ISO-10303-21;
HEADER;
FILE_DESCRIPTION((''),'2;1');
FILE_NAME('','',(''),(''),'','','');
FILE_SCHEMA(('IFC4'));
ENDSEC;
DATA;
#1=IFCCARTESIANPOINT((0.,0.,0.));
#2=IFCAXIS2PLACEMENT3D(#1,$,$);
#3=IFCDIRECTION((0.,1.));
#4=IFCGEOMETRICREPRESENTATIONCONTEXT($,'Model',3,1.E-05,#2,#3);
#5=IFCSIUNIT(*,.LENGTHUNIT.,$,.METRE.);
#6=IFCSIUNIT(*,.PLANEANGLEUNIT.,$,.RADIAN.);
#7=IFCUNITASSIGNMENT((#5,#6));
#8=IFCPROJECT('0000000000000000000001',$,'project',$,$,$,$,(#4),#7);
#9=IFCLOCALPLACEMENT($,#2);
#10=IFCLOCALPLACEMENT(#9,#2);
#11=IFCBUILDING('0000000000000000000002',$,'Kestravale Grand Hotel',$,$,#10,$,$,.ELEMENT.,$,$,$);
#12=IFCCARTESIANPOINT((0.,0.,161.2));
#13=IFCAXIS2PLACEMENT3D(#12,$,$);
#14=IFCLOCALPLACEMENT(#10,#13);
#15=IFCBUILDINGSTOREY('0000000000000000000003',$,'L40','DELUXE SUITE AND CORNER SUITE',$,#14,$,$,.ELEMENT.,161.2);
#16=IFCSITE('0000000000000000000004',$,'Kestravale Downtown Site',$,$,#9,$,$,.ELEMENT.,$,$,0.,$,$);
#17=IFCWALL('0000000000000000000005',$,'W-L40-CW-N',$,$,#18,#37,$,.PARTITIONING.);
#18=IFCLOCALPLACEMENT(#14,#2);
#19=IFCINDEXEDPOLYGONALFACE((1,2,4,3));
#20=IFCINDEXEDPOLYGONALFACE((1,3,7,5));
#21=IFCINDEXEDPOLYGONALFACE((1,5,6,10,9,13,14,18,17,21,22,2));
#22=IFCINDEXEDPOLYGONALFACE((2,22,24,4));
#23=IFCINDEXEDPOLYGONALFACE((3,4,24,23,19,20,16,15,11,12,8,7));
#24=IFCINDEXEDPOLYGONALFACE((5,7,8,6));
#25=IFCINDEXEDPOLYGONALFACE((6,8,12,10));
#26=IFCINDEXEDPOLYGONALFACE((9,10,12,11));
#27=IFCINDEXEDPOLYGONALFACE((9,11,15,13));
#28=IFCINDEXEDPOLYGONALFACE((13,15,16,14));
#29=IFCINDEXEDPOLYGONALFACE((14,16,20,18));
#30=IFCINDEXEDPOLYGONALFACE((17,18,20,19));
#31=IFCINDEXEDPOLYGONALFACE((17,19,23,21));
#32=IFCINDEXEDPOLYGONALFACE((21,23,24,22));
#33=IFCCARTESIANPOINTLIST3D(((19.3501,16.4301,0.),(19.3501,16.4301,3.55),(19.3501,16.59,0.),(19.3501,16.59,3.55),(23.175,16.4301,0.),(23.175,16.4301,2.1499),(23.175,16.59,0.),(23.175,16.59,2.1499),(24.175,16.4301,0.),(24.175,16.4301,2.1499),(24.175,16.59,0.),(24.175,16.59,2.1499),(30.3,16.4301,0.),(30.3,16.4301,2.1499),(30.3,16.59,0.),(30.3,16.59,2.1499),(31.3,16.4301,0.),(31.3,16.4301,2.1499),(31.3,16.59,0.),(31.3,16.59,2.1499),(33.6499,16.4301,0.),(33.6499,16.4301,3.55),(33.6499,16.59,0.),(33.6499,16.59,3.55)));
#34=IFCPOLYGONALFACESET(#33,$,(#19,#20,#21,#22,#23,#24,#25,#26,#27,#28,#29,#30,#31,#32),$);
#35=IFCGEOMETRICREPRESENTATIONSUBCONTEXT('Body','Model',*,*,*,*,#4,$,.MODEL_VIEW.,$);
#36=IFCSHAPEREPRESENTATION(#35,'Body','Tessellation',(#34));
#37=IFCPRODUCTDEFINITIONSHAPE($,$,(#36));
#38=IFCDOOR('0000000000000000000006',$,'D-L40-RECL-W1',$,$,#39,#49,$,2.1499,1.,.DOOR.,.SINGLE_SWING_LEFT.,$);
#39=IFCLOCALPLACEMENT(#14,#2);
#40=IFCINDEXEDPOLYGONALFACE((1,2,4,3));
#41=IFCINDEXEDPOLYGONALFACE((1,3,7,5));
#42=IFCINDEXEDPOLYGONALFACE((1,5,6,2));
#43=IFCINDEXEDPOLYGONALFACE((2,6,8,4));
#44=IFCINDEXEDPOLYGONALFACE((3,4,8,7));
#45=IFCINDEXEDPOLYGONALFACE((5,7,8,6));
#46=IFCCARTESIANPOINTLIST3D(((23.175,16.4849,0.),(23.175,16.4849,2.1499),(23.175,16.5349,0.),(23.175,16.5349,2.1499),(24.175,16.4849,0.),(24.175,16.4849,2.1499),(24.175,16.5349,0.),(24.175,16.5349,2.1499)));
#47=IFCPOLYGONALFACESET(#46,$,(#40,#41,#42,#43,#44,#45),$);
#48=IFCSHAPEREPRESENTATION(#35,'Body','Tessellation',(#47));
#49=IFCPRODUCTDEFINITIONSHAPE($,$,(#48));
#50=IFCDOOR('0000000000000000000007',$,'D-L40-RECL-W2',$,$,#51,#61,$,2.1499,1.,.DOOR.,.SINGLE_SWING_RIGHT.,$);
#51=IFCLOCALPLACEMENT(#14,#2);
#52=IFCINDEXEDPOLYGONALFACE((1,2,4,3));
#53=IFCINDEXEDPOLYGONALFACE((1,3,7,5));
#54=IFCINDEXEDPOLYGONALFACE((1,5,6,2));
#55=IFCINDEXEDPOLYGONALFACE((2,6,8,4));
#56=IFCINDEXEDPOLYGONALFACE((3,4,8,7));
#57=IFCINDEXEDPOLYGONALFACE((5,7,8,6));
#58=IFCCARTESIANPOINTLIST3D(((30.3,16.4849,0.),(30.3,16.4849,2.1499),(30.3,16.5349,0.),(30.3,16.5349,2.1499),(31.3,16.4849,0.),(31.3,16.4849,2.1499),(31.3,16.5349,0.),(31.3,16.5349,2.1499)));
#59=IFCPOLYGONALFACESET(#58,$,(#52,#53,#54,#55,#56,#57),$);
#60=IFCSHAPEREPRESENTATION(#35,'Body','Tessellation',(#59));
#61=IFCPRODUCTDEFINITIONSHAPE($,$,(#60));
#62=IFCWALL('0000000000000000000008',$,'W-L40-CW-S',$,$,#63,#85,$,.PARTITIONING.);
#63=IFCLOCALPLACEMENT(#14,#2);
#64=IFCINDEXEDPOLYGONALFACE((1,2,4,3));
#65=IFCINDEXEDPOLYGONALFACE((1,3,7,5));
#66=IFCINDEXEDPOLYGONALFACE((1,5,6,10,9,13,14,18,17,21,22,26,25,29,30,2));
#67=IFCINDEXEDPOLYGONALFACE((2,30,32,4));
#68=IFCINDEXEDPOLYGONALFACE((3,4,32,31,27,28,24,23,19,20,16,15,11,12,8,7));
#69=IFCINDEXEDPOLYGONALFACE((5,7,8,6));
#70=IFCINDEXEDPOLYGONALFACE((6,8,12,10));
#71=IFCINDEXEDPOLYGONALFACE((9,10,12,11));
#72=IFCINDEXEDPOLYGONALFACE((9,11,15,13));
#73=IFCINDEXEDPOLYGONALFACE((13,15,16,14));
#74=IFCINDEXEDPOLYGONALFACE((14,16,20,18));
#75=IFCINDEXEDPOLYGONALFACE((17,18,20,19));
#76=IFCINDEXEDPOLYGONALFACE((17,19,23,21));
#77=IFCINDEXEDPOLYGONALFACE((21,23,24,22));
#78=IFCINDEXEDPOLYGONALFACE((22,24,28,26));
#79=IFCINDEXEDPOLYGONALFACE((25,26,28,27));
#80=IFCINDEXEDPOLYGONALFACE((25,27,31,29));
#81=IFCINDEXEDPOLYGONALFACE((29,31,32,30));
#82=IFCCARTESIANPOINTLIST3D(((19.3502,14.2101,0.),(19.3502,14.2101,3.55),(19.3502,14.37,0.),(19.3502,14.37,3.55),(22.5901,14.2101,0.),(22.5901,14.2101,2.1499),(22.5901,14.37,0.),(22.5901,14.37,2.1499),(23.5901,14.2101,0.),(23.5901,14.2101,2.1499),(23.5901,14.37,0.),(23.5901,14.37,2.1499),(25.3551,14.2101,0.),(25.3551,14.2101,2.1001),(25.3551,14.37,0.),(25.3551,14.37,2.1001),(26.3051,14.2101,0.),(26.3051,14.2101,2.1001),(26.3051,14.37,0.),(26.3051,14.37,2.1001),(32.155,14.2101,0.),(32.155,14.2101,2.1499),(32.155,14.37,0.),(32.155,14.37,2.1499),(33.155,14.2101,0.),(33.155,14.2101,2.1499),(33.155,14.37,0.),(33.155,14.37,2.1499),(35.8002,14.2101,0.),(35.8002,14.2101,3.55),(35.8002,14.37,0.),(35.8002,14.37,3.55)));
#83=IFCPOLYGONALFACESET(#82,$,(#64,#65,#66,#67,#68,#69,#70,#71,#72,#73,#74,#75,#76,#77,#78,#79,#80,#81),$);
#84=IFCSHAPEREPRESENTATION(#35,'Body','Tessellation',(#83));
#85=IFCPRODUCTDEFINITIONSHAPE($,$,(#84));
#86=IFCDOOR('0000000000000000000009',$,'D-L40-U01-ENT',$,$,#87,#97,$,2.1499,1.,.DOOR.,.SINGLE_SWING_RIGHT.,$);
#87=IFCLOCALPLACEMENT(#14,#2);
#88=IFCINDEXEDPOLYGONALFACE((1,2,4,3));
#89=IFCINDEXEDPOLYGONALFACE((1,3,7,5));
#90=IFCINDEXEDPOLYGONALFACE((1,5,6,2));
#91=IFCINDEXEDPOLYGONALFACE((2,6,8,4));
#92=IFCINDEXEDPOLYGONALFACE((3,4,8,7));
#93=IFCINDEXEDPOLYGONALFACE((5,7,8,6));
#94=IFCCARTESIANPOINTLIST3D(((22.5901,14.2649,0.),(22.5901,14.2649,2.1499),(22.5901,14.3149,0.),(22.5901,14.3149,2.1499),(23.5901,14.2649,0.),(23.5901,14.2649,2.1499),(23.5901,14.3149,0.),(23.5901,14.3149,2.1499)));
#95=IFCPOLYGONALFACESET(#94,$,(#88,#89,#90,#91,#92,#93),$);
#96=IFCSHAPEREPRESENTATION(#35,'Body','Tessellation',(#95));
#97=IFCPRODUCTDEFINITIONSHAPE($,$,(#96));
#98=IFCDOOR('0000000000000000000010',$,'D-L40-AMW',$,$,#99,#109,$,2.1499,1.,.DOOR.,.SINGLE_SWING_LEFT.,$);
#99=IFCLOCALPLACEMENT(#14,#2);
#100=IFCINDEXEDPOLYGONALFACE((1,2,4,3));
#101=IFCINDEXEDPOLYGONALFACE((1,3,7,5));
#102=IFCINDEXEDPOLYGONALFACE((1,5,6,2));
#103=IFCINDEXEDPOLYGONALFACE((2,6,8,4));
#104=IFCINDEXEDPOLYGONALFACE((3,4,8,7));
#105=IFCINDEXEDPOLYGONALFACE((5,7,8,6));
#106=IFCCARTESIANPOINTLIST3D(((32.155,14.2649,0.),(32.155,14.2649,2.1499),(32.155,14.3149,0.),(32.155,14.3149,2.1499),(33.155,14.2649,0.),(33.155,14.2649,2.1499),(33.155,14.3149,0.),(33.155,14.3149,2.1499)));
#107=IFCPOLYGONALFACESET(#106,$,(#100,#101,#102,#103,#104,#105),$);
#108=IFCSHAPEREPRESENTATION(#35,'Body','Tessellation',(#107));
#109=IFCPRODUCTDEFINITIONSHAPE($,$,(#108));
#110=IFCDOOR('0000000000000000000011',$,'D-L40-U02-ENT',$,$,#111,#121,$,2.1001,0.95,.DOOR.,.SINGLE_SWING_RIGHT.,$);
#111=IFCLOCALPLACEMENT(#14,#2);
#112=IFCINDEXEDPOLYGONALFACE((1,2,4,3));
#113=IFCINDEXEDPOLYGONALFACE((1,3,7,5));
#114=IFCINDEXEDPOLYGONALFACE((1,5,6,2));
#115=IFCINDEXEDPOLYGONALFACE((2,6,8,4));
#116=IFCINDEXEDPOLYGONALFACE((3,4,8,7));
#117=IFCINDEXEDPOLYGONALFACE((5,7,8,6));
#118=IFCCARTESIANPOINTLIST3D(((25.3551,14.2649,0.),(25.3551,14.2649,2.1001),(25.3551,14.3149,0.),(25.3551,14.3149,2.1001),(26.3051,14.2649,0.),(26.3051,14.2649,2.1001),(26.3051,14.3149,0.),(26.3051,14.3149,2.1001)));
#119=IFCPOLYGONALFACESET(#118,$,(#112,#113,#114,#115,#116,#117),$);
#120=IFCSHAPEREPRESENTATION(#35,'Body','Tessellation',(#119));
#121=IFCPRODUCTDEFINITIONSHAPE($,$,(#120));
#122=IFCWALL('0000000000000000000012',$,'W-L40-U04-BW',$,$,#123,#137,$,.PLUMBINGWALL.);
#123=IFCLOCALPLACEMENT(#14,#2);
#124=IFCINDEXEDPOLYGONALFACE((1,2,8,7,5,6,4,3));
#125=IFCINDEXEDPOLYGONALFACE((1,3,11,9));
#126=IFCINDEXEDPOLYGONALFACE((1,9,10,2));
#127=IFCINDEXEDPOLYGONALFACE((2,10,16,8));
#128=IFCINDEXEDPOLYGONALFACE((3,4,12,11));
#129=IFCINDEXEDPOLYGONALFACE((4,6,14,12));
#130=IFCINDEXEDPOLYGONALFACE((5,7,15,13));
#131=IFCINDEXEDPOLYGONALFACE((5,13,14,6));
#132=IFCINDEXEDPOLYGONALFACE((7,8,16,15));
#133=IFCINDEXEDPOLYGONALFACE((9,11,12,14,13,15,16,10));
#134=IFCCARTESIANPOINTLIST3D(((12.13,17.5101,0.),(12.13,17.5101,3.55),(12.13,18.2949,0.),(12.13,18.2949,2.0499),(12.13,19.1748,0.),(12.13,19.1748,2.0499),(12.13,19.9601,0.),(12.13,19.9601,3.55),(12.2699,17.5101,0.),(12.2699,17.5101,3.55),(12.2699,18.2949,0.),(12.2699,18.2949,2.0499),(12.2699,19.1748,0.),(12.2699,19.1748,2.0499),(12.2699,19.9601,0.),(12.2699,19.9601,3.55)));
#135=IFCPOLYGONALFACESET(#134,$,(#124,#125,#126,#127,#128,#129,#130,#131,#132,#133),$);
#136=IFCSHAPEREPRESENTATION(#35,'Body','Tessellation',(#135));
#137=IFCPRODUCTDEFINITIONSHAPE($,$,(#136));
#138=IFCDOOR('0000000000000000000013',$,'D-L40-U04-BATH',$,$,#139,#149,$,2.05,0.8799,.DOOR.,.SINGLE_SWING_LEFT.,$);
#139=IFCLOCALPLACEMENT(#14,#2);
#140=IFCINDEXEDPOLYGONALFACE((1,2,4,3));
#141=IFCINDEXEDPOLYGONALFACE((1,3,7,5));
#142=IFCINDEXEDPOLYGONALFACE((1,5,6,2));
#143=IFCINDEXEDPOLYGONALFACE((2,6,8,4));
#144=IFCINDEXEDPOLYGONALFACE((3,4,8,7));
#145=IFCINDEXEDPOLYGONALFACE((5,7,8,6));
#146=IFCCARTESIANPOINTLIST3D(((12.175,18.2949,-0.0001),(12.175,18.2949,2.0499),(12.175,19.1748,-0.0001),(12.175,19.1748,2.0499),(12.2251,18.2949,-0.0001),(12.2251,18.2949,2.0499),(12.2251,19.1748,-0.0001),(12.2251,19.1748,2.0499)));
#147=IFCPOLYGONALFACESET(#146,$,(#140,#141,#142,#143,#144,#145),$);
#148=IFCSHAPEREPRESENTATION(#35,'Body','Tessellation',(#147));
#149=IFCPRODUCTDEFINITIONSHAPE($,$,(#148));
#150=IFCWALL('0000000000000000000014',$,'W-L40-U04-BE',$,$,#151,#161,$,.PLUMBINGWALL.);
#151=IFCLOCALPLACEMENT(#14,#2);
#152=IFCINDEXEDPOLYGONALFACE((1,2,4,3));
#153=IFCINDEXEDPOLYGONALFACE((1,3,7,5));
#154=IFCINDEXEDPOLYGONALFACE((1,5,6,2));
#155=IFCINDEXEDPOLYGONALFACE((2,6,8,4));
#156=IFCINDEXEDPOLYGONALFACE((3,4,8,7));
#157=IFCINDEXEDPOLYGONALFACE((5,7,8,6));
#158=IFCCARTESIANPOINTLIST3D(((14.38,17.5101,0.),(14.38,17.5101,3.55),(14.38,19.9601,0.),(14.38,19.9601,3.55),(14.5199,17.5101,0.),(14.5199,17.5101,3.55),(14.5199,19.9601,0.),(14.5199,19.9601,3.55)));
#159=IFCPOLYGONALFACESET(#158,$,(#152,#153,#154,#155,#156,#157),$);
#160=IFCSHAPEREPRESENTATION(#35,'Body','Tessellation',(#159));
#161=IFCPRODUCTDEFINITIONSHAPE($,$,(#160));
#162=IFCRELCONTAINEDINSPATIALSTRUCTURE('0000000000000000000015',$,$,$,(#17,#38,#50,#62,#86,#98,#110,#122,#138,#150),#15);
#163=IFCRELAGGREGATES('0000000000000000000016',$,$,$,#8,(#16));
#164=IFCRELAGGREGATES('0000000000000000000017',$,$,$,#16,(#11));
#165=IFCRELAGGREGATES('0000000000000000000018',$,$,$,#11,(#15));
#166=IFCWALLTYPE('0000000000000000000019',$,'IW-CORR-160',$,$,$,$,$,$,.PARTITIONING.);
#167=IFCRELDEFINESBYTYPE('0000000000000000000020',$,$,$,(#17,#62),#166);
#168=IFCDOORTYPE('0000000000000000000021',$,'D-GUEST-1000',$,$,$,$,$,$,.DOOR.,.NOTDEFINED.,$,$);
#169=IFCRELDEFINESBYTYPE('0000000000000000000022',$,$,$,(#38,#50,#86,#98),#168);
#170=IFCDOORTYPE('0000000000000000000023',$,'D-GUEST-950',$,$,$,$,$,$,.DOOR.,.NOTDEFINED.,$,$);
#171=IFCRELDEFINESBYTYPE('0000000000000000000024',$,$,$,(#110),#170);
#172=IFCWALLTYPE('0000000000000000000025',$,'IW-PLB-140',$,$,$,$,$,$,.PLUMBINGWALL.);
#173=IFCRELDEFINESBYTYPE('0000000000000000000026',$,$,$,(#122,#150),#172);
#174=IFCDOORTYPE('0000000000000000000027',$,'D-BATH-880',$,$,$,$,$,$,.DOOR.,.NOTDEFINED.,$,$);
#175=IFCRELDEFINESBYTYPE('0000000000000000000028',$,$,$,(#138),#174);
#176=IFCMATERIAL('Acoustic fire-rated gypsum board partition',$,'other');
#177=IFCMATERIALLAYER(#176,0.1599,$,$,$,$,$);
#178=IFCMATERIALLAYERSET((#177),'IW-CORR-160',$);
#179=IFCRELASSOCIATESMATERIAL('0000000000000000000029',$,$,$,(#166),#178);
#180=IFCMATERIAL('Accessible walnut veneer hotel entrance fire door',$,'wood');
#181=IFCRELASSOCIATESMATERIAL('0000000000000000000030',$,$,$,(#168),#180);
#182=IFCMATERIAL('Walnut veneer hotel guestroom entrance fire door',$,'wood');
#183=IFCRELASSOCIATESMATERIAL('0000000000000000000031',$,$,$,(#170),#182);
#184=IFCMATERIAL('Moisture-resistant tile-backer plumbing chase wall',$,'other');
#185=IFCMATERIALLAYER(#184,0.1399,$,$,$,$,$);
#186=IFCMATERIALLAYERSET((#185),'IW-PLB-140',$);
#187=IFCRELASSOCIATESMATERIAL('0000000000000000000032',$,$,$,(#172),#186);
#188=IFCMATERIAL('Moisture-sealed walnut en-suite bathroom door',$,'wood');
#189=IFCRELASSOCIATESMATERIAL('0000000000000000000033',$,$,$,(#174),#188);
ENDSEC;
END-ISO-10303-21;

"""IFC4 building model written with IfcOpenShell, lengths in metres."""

from ifc_helpers import new_model, si_unit, direction, frame, frame_2d, origin, place, context, subcontext, project, spatial, rectangle, extrude, material, layer, layer_set, type_object, element, fill, save


model = new_model("IFC4")

# Units and contexts
model_context = context("Model", 3, precision=1e-05, world=origin(), true_north=direction((0.0, 1.0)))
body_context = subcontext(model_context, "Body", "Model", "MODEL_VIEW")
ifc_project = project(units=[si_unit("LENGTHUNIT", "METRE"), si_unit("PLANEANGLEUNIT", "RADIAN")], contexts=[model_context])

# Site, building, storey
site_placement = place(None, origin())
site = spatial("IfcSite", under=ifc_project, at=site_placement, Name="Kestravale Downtown Site", CompositionType="ELEMENT", RefElevation=0.0)
building_placement = place(site_placement, origin())
building = spatial("IfcBuilding", under=site, at=building_placement, Name="Kestravale Grand Hotel", CompositionType="ELEMENT")
storey_placement = place(building_placement, frame((0.0, 0.0, 161.2)))
storey = spatial("IfcBuildingStorey", under=building, at=storey_placement, Name="L40", Description="DELUXE SUITE AND CORNER SUITE", CompositionType="ELEMENT", Elevation=161.2)

# Walls, openings, doors
ifc_material_1 = material(Name="Acoustic fire-rated gypsum board partition", Category="other")
ifc_layer_1 = layer(ifc_material_1, 0.1599)
ifc_layer_set_1 = layer_set([ifc_layer_1], Name="IW-CORR-160")
wall_type_1 = type_object("IfcWallType", Name="IW-CORR-160", PredefinedType="PARTITIONING", material=ifc_layer_set_1)
wall_1_placement = place(storey_placement, frame((19.3501, 16.51, 0.0), z_axis=(0.0, 0.0, 1.0), x_axis=(1.0, 0.0, 0.0)))
wall_1 = element("IfcWall", 1, at=wall_1_placement, inside=storey, type_object=wall_type_1, Name="W-L40-CW-N", PredefinedType="PARTITIONING", context=body_context, shape_type="SweptSolid", body=[
    extrude(rectangle(XDim=14.2998, YDim=0.1599, at=frame_2d((7.1499, 0.0))), origin(), (0.0, 0.0, 1.0), 3.55),
])
opening_1_placement = place(wall_1_placement, frame((3.825, 0.0, 0.0)))
opening_1 = element("IfcOpeningElement", 2, at=opening_1_placement, cuts=wall_1, PredefinedType="OPENING", context=body_context, shape_type="SweptSolid", body=[
    extrude(rectangle(XDim=1.0, YDim=2.1499, at=frame_2d((0.5, 1.075))), frame((0.0, 0.0898, 0.0), z_axis=(0.0, -1.0, 0.0), x_axis=(1.0, 0.0, 0.0)), (0.0, 0.0, 1.0), 0.1799),
])
opening_2_placement = place(wall_1_placement, frame((10.95, 0.0, 0.0)))
opening_2 = element("IfcOpeningElement", 3, at=opening_2_placement, cuts=wall_1, PredefinedType="OPENING", context=body_context, shape_type="SweptSolid", body=[
    extrude(rectangle(XDim=1.0, YDim=2.1499, at=frame_2d((0.5, 1.075))), frame((0.0, 0.0898, 0.0), z_axis=(0.0, -1.0, 0.0), x_axis=(1.0, 0.0, 0.0)), (0.0, 0.0, 1.0), 0.1799),
])
ifc_material_2 = material(Name="Accessible walnut veneer hotel entrance fire door", Category="wood")
door_type_1 = type_object("IfcDoorType", Name="D-GUEST-1000", OperationType="NOTDEFINED", PredefinedType="DOOR", material=ifc_material_2)
door_1_placement = place(opening_1_placement, origin())
door_1 = element("IfcDoor", 4, at=door_1_placement, inside=storey, type_object=door_type_1, Name="D-L40-RECL-W1", OperationType="SINGLE_SWING_LEFT", OverallHeight=2.1499, OverallWidth=1.0, PredefinedType="DOOR", context=body_context, shape_type="SweptSolid", body=[
    extrude(rectangle(XDim=1.0, YDim=2.1499, at=frame_2d((0.5, 1.075))), frame((0.0, 0.0249, 0.0), z_axis=(0.0, -1.0, 0.0), x_axis=(1.0, 0.0, 0.0)), (0.0, 0.0, 1.0), 0.05),
])
fill(opening_1, door_1)
door_2_placement = place(opening_2_placement, origin())
door_2 = element("IfcDoor", 5, at=door_2_placement, inside=storey, type_object=door_type_1, Name="D-L40-RECL-W2", OperationType="SINGLE_SWING_RIGHT", OverallHeight=2.1499, OverallWidth=1.0, PredefinedType="DOOR", context=body_context, shape_type="SweptSolid", body=[
    extrude(rectangle(XDim=1.0, YDim=2.1499, at=frame_2d((0.5, 1.075))), frame((0.0, 0.0249, 0.0), z_axis=(0.0, -1.0, 0.0), x_axis=(1.0, 0.0, 0.0)), (0.0, 0.0, 1.0), 0.05),
])
fill(opening_2, door_2)
wall_2_placement = place(storey_placement, frame((19.3501, 14.29, 0.0), z_axis=(0.0, 0.0, 1.0), x_axis=(1.0, 0.0, 0.0)))
wall_2 = element("IfcWall", 6, at=wall_2_placement, inside=storey, type_object=wall_type_1, Name="W-L40-CW-S", PredefinedType="PARTITIONING", context=body_context, shape_type="SweptSolid", body=[
    extrude(rectangle(XDim=16.45, YDim=0.1599, at=frame_2d((8.2251, 0.0))), origin(), (0.0, 0.0, 1.0), 3.55),
])
opening_3_placement = place(wall_2_placement, frame((3.24, 0.0, 0.0)))
opening_3 = element("IfcOpeningElement", 7, at=opening_3_placement, cuts=wall_2, PredefinedType="OPENING", context=body_context, shape_type="SweptSolid", body=[
    extrude(rectangle(XDim=1.0, YDim=2.1499, at=frame_2d((0.5, 1.075))), frame((0.0, 0.0898, 0.0), z_axis=(0.0, -1.0, 0.0), x_axis=(1.0, 0.0, 0.0)), (0.0, 0.0, 1.0), 0.1799),
])
opening_4_placement = place(wall_2_placement, frame((6.0049, 0.0, 0.0)))
opening_4 = element("IfcOpeningElement", 8, at=opening_4_placement, cuts=wall_2, PredefinedType="OPENING", context=body_context, shape_type="SweptSolid", body=[
    extrude(rectangle(XDim=0.95, YDim=2.1001, at=frame_2d((0.4751, 1.05))), frame((0.0, 0.0898, 0.0), z_axis=(0.0, -1.0, 0.0), x_axis=(1.0, 0.0, 0.0)), (0.0, 0.0, 1.0), 0.1799),
])
opening_5_placement = place(wall_2_placement, frame((12.8049, 0.0, 0.0)))
opening_5 = element("IfcOpeningElement", 9, at=opening_5_placement, cuts=wall_2, PredefinedType="OPENING", context=body_context, shape_type="SweptSolid", body=[
    extrude(rectangle(XDim=1.0, YDim=2.1499, at=frame_2d((0.5, 1.075))), frame((0.0, 0.0898, 0.0), z_axis=(0.0, -1.0, 0.0), x_axis=(1.0, 0.0, 0.0)), (0.0, 0.0, 1.0), 0.1799),
])
door_3_placement = place(opening_3_placement, origin())
door_3 = element("IfcDoor", 10, at=door_3_placement, inside=storey, type_object=door_type_1, Name="D-L40-U01-ENT", OperationType="SINGLE_SWING_RIGHT", OverallHeight=2.1499, OverallWidth=1.0, PredefinedType="DOOR", context=body_context, shape_type="SweptSolid", body=[
    extrude(rectangle(XDim=1.0, YDim=2.1499, at=frame_2d((0.5, 1.075))), frame((0.0, 0.0249, 0.0), z_axis=(0.0, -1.0, 0.0), x_axis=(1.0, 0.0, 0.0)), (0.0, 0.0, 1.0), 0.05),
])
fill(opening_3, door_3)
door_4_placement = place(opening_5_placement, origin())
door_4 = element("IfcDoor", 11, at=door_4_placement, inside=storey, type_object=door_type_1, Name="D-L40-AMW", OperationType="SINGLE_SWING_LEFT", OverallHeight=2.1499, OverallWidth=1.0, PredefinedType="DOOR", context=body_context, shape_type="SweptSolid", body=[
    extrude(rectangle(XDim=1.0, YDim=2.1499, at=frame_2d((0.5, 1.075))), frame((0.0, 0.0249, 0.0), z_axis=(0.0, -1.0, 0.0), x_axis=(1.0, 0.0, 0.0)), (0.0, 0.0, 1.0), 0.05),
])
fill(opening_5, door_4)
ifc_material_3 = material(Name="Walnut veneer hotel guestroom entrance fire door", Category="wood")
door_type_2 = type_object("IfcDoorType", Name="D-GUEST-950", OperationType="NOTDEFINED", PredefinedType="DOOR", material=ifc_material_3)
door_5_placement = place(opening_4_placement, origin())
door_5 = element("IfcDoor", 12, at=door_5_placement, inside=storey, type_object=door_type_2, Name="D-L40-U02-ENT", OperationType="SINGLE_SWING_RIGHT", OverallHeight=2.1001, OverallWidth=0.95, PredefinedType="DOOR", context=body_context, shape_type="SweptSolid", body=[
    extrude(rectangle(XDim=0.95, YDim=2.1001, at=frame_2d((0.4751, 1.05))), frame((0.0, 0.0249, 0.0), z_axis=(0.0, -1.0, 0.0), x_axis=(1.0, 0.0, 0.0)), (0.0, 0.0, 1.0), 0.05),
])
fill(opening_4, door_5)

# Wall, opening, door
ifc_material_4 = material(Name="Moisture-resistant tile-backer plumbing chase wall", Category="other")
ifc_layer_2 = layer(ifc_material_4, 0.1399)
ifc_layer_set_2 = layer_set([ifc_layer_2], Name="IW-PLB-140")
wall_type_2 = type_object("IfcWallType", Name="IW-PLB-140", PredefinedType="PLUMBINGWALL", material=ifc_layer_set_2)
wall_3_placement = place(storey_placement, frame((12.2, 17.51, 0.0), z_axis=(0.0, 0.0, 1.0), x_axis=(0.0, 1.0, 0.0)))
wall_3 = element("IfcWall", 13, at=wall_3_placement, inside=storey, type_object=wall_type_2, Name="W-L40-U04-BW", PredefinedType="PLUMBINGWALL", context=body_context, shape_type="SweptSolid", body=[
    extrude(rectangle(XDim=2.45, YDim=0.1399, at=frame_2d((1.2251, 0.0))), origin(), (0.0, 0.0, 1.0), 3.55),
])
opening_6_placement = place(wall_3_placement, frame((0.7849, 0.0, 0.0)))
opening_6 = element("IfcOpeningElement", 14, at=opening_6_placement, cuts=wall_3, PredefinedType="OPENING", context=body_context, shape_type="SweptSolid", body=[
    extrude(rectangle(XDim=0.8799, YDim=2.05, at=frame_2d((0.4399, 1.0249))), frame((0.0, 0.0798, 0.0), z_axis=(0.0, -1.0, 0.0), x_axis=(1.0, 0.0, 0.0)), (0.0, 0.0, 1.0), 0.1599),
])
ifc_material_5 = material(Name="Moisture-sealed walnut en-suite bathroom door", Category="wood")
door_type_3 = type_object("IfcDoorType", Name="D-BATH-880", OperationType="NOTDEFINED", PredefinedType="DOOR", material=ifc_material_5)
door_6_placement = place(opening_6_placement, origin())
door_6 = element("IfcDoor", 15, at=door_6_placement, inside=storey, type_object=door_type_3, Name="D-L40-U04-BATH", OperationType="SINGLE_SWING_LEFT", OverallHeight=2.05, OverallWidth=0.8799, PredefinedType="DOOR", context=body_context, shape_type="SweptSolid", body=[
    extrude(rectangle(XDim=0.8799, YDim=2.05, at=frame_2d((0.4399, 1.0249))), frame((0.0, 0.0249, 0.0), z_axis=(0.0, -1.0, 0.0), x_axis=(1.0, 0.0, 0.0)), (0.0, 0.0, 1.0), 0.05),
])
fill(opening_6, door_6)

# Wall
wall_4_placement = place(storey_placement, frame((14.45, 17.51, 0.0), z_axis=(0.0, 0.0, 1.0), x_axis=(0.0, 1.0, 0.0)))
element("IfcWall", 16, at=wall_4_placement, inside=storey, type_object=wall_type_2, Name="W-L40-U04-BE", PredefinedType="PLUMBINGWALL", context=body_context, shape_type="SweptSolid", body=[
    extrude(rectangle(XDim=2.45, YDim=0.1399, at=frame_2d((1.2251, 0.0))), origin(), (0.0, 0.0, 1.0), 3.55),
])

save(model, "model.ifc")
